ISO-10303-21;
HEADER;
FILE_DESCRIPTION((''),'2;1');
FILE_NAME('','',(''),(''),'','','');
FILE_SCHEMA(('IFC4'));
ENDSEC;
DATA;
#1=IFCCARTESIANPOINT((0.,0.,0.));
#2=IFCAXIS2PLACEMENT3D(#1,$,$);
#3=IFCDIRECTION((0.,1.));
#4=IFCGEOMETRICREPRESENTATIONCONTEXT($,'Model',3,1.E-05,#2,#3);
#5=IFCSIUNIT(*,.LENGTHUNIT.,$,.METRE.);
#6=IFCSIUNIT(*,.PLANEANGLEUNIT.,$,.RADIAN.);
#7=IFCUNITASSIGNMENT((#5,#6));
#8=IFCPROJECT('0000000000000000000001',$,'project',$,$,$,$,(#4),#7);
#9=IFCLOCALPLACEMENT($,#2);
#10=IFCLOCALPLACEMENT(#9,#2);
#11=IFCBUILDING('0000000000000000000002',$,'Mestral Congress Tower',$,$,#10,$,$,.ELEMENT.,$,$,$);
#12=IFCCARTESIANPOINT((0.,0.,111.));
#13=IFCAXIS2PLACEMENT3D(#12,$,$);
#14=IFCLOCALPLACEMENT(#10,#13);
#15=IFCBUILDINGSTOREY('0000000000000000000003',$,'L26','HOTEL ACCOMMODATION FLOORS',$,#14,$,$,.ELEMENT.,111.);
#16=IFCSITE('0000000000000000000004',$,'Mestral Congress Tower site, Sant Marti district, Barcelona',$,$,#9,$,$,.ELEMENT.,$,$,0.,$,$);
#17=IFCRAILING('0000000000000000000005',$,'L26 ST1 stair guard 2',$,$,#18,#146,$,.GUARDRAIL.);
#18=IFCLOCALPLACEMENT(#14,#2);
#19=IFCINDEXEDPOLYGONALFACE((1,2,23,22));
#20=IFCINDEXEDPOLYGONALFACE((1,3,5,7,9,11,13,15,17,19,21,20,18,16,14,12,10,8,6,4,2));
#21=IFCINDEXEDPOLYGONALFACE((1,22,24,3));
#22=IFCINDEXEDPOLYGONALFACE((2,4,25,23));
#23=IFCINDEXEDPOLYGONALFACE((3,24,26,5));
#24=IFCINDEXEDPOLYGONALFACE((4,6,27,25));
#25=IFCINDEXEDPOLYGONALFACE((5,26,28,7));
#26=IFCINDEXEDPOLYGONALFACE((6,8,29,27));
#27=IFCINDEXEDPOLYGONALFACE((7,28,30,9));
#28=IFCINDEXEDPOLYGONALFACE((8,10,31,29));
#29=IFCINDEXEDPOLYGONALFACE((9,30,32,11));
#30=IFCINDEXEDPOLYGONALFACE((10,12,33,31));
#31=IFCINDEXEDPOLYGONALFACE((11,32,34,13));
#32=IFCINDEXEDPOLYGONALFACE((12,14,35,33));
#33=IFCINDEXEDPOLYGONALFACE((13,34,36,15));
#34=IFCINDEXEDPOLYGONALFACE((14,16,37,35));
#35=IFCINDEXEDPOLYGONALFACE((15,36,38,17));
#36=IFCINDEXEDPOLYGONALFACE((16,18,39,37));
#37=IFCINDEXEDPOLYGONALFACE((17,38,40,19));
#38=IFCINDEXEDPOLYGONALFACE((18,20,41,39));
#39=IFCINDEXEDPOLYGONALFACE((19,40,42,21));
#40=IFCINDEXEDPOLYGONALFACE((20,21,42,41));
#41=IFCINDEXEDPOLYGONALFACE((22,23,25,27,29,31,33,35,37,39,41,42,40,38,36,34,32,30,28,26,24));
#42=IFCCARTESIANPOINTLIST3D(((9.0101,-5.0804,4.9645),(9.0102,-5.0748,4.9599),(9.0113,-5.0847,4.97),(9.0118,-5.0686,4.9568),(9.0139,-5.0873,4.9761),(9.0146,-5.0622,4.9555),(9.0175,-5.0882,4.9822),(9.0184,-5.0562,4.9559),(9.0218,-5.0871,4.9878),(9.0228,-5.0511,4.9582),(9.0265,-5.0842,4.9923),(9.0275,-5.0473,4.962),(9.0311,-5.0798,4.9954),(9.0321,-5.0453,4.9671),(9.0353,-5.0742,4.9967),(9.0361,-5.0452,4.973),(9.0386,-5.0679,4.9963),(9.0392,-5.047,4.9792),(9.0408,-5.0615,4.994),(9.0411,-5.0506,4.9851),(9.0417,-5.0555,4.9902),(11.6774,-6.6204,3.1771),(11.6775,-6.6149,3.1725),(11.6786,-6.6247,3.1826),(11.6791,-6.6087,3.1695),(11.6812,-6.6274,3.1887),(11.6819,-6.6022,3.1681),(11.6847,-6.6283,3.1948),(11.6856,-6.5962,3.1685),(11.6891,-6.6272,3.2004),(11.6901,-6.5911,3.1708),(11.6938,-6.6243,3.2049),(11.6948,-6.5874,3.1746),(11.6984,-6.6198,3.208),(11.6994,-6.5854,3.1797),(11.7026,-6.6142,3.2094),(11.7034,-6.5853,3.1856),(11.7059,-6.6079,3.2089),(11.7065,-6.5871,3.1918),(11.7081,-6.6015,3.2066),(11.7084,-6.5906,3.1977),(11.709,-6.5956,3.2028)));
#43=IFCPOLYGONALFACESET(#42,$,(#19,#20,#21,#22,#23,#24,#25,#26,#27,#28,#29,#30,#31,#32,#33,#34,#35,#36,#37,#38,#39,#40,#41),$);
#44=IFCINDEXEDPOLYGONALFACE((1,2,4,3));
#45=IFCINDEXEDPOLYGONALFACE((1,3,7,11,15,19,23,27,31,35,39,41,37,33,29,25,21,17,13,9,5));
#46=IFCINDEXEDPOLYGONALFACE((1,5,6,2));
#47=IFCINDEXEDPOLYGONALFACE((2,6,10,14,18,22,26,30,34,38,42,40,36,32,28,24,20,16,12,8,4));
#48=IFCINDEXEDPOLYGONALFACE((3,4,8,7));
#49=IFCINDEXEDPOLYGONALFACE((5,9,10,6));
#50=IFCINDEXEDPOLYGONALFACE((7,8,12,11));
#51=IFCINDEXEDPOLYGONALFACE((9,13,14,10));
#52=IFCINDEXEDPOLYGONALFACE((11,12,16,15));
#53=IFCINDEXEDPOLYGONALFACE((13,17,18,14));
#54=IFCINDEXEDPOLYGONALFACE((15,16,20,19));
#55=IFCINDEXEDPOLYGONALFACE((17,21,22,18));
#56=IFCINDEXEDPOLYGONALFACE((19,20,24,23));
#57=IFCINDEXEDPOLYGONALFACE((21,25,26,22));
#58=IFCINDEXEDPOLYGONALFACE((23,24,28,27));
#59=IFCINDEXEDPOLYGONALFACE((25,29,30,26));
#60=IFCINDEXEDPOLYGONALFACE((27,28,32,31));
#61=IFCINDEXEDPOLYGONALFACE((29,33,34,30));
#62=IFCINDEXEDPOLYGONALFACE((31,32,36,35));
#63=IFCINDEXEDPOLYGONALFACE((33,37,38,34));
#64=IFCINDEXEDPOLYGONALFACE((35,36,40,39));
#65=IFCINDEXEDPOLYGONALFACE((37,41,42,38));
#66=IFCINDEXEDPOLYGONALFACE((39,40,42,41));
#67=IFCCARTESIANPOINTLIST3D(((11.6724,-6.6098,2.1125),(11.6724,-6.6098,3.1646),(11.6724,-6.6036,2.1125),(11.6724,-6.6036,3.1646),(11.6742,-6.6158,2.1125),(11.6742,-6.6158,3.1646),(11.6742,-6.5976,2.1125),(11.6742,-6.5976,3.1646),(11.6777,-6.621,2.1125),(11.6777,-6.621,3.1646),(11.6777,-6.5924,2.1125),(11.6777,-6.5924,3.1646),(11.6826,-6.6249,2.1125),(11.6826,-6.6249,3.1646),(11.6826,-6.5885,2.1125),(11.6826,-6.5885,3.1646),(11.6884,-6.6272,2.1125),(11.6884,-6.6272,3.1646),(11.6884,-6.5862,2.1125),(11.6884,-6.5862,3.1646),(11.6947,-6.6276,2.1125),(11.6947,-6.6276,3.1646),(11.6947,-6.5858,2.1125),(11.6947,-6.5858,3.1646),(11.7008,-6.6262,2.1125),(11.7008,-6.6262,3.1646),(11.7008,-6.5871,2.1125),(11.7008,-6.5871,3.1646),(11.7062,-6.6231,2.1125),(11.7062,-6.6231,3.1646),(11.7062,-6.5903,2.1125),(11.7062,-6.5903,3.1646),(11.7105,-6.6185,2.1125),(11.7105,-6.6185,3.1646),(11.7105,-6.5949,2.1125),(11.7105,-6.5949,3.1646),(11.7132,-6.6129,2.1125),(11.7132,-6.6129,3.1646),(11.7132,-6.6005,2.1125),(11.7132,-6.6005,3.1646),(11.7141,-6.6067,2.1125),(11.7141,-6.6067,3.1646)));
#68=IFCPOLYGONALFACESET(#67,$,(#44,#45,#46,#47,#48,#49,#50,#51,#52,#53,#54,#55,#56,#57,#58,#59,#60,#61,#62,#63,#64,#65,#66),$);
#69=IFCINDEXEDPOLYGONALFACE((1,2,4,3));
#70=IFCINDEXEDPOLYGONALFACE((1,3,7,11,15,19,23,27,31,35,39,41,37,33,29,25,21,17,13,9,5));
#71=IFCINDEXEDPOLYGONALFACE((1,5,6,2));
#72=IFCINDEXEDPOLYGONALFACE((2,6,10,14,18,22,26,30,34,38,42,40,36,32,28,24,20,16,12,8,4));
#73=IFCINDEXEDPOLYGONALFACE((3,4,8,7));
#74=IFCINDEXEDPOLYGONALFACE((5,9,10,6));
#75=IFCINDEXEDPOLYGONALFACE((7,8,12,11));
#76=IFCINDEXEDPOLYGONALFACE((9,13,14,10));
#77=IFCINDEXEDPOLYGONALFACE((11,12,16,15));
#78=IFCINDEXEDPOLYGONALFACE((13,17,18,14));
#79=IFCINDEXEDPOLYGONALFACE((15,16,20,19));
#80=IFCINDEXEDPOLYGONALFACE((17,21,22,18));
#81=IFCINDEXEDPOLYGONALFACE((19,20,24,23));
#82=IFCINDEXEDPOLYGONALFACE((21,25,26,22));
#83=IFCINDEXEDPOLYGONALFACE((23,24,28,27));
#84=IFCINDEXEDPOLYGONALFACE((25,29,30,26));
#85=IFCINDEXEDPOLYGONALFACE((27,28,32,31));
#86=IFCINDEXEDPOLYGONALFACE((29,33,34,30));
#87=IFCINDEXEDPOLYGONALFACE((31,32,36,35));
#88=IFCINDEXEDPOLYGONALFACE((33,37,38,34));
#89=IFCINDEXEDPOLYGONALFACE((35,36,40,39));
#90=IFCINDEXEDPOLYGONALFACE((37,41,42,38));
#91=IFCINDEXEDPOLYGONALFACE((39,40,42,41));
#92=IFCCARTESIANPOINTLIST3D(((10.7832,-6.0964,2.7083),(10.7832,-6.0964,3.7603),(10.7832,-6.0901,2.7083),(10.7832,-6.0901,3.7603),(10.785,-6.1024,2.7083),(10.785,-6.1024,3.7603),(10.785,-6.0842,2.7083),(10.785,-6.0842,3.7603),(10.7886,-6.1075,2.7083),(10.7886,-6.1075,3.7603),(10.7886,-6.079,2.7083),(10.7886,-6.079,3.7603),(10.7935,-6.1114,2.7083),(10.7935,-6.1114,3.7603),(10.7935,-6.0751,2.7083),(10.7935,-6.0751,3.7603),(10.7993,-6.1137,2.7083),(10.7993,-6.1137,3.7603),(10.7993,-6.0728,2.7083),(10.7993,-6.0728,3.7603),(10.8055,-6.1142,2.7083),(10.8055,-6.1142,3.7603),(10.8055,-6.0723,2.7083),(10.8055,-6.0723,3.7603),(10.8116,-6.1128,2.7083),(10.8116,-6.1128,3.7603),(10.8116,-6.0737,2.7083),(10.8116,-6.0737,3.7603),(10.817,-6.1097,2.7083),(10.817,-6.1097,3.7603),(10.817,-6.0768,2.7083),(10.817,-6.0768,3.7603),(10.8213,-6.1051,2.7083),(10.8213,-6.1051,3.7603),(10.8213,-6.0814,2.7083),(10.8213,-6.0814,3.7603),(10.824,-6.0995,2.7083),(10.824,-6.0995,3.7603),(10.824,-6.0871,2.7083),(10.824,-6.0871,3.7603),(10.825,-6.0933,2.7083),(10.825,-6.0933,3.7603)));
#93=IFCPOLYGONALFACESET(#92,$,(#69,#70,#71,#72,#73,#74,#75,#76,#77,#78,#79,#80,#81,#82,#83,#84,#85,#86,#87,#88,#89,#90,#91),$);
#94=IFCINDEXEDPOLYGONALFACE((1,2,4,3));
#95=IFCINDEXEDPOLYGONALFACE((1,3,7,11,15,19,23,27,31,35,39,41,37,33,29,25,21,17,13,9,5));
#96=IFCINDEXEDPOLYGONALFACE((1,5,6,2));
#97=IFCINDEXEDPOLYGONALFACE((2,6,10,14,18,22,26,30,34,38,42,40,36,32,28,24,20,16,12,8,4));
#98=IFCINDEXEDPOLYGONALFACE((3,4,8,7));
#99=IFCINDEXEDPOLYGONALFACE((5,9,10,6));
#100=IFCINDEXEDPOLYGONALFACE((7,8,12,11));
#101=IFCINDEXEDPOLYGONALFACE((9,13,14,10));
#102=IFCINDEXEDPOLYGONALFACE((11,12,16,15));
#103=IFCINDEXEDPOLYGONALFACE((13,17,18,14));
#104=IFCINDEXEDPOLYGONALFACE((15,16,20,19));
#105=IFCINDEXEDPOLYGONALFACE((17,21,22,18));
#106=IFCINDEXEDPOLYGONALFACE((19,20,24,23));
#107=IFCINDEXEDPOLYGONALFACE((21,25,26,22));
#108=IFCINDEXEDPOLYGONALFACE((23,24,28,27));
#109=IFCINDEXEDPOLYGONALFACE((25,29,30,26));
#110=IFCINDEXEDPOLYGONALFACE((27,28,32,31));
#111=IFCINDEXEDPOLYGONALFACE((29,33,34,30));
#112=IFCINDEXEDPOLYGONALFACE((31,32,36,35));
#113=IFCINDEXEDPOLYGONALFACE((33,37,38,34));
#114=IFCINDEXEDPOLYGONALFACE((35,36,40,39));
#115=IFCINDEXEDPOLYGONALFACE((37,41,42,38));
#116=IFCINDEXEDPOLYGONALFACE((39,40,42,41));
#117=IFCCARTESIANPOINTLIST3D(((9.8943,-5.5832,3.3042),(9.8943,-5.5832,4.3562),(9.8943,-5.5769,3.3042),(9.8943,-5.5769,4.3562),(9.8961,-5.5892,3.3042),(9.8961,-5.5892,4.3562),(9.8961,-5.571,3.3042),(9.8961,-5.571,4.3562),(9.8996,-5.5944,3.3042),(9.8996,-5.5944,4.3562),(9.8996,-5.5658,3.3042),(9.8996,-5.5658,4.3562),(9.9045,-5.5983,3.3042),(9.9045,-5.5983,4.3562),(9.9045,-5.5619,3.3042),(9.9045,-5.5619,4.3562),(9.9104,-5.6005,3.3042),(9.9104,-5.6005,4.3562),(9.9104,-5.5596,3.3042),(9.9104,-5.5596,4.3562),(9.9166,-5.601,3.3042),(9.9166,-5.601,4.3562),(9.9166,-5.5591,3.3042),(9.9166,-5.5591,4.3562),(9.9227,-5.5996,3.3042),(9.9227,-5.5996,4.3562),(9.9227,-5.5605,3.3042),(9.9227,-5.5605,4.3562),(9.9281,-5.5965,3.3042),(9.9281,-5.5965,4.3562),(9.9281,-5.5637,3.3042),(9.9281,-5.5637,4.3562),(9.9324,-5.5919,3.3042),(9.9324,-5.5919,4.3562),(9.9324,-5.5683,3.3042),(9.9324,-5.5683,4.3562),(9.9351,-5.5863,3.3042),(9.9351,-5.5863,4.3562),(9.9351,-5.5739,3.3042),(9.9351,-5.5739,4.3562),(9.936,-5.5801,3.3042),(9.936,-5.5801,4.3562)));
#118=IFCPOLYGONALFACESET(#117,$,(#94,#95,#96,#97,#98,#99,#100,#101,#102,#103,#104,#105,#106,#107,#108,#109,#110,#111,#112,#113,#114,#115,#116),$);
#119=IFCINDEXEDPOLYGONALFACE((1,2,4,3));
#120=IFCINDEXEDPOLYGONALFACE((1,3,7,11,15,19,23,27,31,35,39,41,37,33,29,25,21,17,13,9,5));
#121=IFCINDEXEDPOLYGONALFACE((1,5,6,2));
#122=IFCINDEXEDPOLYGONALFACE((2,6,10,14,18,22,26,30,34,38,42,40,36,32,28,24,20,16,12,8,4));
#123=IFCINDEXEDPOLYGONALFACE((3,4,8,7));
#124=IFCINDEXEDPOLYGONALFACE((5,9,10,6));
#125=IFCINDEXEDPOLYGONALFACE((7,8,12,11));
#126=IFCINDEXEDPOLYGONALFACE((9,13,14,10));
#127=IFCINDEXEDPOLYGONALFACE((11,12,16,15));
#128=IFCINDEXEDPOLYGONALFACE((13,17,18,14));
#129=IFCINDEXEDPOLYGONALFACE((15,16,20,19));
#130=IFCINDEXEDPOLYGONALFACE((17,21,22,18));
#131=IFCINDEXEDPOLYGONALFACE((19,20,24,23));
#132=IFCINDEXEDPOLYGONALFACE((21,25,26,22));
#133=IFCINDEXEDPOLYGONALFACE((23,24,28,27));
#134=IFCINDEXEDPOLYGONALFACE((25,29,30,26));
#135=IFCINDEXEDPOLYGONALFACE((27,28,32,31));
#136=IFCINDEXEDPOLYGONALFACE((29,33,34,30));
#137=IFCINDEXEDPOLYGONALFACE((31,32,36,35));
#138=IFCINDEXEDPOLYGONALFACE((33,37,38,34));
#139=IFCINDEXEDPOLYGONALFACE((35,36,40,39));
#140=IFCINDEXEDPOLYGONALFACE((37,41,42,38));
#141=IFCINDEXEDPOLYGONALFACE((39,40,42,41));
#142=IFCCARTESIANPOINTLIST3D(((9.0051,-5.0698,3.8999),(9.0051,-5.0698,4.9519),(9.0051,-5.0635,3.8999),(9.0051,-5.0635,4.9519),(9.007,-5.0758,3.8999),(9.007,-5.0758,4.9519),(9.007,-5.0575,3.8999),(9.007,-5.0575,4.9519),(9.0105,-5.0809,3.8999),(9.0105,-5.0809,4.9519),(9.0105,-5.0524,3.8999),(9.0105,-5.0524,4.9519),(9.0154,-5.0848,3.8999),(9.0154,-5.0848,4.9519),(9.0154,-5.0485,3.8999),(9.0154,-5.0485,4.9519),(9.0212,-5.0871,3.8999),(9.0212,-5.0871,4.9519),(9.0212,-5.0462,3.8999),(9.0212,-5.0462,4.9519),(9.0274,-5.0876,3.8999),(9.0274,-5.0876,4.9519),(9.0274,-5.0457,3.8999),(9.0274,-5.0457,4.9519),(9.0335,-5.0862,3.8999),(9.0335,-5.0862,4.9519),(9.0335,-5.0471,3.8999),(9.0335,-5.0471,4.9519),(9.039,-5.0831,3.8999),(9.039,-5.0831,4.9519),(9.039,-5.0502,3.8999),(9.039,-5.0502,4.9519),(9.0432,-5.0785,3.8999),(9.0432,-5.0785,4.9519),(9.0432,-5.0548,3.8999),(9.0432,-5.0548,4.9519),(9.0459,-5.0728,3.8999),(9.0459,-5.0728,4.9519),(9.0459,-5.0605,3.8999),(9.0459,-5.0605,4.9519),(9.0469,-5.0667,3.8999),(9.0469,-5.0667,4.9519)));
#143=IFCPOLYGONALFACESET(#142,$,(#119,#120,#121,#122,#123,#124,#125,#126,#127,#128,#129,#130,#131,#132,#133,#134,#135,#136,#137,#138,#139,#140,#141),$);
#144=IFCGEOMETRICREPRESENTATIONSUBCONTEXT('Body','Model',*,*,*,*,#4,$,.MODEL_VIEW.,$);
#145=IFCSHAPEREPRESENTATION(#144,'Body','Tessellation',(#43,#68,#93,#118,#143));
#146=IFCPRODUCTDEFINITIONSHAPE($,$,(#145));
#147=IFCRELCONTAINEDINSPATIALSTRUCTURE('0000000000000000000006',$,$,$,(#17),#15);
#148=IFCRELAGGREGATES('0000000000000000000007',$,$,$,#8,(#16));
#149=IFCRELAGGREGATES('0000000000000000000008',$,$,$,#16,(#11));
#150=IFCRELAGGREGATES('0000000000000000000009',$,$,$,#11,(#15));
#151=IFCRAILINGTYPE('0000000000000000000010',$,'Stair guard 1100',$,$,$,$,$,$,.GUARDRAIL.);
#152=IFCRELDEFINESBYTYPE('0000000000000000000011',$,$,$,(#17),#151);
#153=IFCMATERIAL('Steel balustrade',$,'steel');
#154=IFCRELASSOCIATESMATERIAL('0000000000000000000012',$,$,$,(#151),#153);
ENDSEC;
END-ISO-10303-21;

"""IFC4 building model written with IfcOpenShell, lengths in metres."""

from ifc_helpers import new_model, si_unit, direction, frame, origin, origin_2d, place, context, subcontext, project, spatial, circle, extrude, material, type_object, element, save


model = new_model("IFC4")

# Units and contexts
model_context = context("Model", 3, precision=1e-05, world=origin(), true_north=direction((0.0, 1.0)))
body_context = subcontext(model_context, "Body", "Model", "MODEL_VIEW")
ifc_project = project(units=[si_unit("LENGTHUNIT", "METRE"), si_unit("PLANEANGLEUNIT", "RADIAN")], contexts=[model_context])

# Site, building, storey
site_placement = place(None, origin())
site = spatial("IfcSite", under=ifc_project, at=site_placement, Name="Mestral Congress Tower site, Sant Marti district, Barcelona", CompositionType="ELEMENT", RefElevation=0.0)
building_placement = place(site_placement, origin())
building = spatial("IfcBuilding", under=site, at=building_placement, Name="Mestral Congress Tower", CompositionType="ELEMENT")
storey_placement = place(building_placement, frame((0.0, 0.0, 111.0)))
storey = spatial("IfcBuildingStorey", under=building, at=storey_placement, Name="L26", Description="HOTEL ACCOMMODATION FLOORS", CompositionType="ELEMENT", Elevation=111.0)

# Railing
ifc_material_1 = material(Name="Steel balustrade", Category="steel")
railing_type_1 = type_object("IfcRailingType", Name="Stair guard 1100", PredefinedType="GUARDRAIL", material=ifc_material_1)
railing_1_placement = place(storey_placement, frame((11.6931, -6.6067, 2.1125)))
element("IfcRailing", 1, at=railing_1_placement, inside=storey, type_object=railing_type_1, Name="L26 ST1 stair guard 2", PredefinedType="GUARDRAIL", context=body_context, shape_type="SweptSolid", body=[
    extrude(circle(Radius=0.0239, at=origin_2d()), frame((0.0, 0.0, 1.0762), z_axis=(-0.74902, 0.432477, 0.501929), x_axis=(-0.500027, -0.86601, 0.0)), (0.0, 0.0, 1.0), 3.561),
    extrude(circle(Radius=0.021, at=origin_2d()), origin(), (0.0, 0.0, 1.0), 1.052),
    extrude(circle(Radius=0.021, at=origin_2d()), frame((-0.8892, 0.5134, 0.5957)), (0.0, 0.0, 1.0), 1.052),
    extrude(circle(Radius=0.021, at=origin_2d()), frame((-1.7781, 1.0266, 1.1917)), (0.0, 0.0, 1.0), 1.052),
    extrude(circle(Radius=0.021, at=origin_2d()), frame((-2.6672, 1.54, 1.7874)), (0.0, 0.0, 1.0), 1.052),
])

save(model, "model.ifc")
